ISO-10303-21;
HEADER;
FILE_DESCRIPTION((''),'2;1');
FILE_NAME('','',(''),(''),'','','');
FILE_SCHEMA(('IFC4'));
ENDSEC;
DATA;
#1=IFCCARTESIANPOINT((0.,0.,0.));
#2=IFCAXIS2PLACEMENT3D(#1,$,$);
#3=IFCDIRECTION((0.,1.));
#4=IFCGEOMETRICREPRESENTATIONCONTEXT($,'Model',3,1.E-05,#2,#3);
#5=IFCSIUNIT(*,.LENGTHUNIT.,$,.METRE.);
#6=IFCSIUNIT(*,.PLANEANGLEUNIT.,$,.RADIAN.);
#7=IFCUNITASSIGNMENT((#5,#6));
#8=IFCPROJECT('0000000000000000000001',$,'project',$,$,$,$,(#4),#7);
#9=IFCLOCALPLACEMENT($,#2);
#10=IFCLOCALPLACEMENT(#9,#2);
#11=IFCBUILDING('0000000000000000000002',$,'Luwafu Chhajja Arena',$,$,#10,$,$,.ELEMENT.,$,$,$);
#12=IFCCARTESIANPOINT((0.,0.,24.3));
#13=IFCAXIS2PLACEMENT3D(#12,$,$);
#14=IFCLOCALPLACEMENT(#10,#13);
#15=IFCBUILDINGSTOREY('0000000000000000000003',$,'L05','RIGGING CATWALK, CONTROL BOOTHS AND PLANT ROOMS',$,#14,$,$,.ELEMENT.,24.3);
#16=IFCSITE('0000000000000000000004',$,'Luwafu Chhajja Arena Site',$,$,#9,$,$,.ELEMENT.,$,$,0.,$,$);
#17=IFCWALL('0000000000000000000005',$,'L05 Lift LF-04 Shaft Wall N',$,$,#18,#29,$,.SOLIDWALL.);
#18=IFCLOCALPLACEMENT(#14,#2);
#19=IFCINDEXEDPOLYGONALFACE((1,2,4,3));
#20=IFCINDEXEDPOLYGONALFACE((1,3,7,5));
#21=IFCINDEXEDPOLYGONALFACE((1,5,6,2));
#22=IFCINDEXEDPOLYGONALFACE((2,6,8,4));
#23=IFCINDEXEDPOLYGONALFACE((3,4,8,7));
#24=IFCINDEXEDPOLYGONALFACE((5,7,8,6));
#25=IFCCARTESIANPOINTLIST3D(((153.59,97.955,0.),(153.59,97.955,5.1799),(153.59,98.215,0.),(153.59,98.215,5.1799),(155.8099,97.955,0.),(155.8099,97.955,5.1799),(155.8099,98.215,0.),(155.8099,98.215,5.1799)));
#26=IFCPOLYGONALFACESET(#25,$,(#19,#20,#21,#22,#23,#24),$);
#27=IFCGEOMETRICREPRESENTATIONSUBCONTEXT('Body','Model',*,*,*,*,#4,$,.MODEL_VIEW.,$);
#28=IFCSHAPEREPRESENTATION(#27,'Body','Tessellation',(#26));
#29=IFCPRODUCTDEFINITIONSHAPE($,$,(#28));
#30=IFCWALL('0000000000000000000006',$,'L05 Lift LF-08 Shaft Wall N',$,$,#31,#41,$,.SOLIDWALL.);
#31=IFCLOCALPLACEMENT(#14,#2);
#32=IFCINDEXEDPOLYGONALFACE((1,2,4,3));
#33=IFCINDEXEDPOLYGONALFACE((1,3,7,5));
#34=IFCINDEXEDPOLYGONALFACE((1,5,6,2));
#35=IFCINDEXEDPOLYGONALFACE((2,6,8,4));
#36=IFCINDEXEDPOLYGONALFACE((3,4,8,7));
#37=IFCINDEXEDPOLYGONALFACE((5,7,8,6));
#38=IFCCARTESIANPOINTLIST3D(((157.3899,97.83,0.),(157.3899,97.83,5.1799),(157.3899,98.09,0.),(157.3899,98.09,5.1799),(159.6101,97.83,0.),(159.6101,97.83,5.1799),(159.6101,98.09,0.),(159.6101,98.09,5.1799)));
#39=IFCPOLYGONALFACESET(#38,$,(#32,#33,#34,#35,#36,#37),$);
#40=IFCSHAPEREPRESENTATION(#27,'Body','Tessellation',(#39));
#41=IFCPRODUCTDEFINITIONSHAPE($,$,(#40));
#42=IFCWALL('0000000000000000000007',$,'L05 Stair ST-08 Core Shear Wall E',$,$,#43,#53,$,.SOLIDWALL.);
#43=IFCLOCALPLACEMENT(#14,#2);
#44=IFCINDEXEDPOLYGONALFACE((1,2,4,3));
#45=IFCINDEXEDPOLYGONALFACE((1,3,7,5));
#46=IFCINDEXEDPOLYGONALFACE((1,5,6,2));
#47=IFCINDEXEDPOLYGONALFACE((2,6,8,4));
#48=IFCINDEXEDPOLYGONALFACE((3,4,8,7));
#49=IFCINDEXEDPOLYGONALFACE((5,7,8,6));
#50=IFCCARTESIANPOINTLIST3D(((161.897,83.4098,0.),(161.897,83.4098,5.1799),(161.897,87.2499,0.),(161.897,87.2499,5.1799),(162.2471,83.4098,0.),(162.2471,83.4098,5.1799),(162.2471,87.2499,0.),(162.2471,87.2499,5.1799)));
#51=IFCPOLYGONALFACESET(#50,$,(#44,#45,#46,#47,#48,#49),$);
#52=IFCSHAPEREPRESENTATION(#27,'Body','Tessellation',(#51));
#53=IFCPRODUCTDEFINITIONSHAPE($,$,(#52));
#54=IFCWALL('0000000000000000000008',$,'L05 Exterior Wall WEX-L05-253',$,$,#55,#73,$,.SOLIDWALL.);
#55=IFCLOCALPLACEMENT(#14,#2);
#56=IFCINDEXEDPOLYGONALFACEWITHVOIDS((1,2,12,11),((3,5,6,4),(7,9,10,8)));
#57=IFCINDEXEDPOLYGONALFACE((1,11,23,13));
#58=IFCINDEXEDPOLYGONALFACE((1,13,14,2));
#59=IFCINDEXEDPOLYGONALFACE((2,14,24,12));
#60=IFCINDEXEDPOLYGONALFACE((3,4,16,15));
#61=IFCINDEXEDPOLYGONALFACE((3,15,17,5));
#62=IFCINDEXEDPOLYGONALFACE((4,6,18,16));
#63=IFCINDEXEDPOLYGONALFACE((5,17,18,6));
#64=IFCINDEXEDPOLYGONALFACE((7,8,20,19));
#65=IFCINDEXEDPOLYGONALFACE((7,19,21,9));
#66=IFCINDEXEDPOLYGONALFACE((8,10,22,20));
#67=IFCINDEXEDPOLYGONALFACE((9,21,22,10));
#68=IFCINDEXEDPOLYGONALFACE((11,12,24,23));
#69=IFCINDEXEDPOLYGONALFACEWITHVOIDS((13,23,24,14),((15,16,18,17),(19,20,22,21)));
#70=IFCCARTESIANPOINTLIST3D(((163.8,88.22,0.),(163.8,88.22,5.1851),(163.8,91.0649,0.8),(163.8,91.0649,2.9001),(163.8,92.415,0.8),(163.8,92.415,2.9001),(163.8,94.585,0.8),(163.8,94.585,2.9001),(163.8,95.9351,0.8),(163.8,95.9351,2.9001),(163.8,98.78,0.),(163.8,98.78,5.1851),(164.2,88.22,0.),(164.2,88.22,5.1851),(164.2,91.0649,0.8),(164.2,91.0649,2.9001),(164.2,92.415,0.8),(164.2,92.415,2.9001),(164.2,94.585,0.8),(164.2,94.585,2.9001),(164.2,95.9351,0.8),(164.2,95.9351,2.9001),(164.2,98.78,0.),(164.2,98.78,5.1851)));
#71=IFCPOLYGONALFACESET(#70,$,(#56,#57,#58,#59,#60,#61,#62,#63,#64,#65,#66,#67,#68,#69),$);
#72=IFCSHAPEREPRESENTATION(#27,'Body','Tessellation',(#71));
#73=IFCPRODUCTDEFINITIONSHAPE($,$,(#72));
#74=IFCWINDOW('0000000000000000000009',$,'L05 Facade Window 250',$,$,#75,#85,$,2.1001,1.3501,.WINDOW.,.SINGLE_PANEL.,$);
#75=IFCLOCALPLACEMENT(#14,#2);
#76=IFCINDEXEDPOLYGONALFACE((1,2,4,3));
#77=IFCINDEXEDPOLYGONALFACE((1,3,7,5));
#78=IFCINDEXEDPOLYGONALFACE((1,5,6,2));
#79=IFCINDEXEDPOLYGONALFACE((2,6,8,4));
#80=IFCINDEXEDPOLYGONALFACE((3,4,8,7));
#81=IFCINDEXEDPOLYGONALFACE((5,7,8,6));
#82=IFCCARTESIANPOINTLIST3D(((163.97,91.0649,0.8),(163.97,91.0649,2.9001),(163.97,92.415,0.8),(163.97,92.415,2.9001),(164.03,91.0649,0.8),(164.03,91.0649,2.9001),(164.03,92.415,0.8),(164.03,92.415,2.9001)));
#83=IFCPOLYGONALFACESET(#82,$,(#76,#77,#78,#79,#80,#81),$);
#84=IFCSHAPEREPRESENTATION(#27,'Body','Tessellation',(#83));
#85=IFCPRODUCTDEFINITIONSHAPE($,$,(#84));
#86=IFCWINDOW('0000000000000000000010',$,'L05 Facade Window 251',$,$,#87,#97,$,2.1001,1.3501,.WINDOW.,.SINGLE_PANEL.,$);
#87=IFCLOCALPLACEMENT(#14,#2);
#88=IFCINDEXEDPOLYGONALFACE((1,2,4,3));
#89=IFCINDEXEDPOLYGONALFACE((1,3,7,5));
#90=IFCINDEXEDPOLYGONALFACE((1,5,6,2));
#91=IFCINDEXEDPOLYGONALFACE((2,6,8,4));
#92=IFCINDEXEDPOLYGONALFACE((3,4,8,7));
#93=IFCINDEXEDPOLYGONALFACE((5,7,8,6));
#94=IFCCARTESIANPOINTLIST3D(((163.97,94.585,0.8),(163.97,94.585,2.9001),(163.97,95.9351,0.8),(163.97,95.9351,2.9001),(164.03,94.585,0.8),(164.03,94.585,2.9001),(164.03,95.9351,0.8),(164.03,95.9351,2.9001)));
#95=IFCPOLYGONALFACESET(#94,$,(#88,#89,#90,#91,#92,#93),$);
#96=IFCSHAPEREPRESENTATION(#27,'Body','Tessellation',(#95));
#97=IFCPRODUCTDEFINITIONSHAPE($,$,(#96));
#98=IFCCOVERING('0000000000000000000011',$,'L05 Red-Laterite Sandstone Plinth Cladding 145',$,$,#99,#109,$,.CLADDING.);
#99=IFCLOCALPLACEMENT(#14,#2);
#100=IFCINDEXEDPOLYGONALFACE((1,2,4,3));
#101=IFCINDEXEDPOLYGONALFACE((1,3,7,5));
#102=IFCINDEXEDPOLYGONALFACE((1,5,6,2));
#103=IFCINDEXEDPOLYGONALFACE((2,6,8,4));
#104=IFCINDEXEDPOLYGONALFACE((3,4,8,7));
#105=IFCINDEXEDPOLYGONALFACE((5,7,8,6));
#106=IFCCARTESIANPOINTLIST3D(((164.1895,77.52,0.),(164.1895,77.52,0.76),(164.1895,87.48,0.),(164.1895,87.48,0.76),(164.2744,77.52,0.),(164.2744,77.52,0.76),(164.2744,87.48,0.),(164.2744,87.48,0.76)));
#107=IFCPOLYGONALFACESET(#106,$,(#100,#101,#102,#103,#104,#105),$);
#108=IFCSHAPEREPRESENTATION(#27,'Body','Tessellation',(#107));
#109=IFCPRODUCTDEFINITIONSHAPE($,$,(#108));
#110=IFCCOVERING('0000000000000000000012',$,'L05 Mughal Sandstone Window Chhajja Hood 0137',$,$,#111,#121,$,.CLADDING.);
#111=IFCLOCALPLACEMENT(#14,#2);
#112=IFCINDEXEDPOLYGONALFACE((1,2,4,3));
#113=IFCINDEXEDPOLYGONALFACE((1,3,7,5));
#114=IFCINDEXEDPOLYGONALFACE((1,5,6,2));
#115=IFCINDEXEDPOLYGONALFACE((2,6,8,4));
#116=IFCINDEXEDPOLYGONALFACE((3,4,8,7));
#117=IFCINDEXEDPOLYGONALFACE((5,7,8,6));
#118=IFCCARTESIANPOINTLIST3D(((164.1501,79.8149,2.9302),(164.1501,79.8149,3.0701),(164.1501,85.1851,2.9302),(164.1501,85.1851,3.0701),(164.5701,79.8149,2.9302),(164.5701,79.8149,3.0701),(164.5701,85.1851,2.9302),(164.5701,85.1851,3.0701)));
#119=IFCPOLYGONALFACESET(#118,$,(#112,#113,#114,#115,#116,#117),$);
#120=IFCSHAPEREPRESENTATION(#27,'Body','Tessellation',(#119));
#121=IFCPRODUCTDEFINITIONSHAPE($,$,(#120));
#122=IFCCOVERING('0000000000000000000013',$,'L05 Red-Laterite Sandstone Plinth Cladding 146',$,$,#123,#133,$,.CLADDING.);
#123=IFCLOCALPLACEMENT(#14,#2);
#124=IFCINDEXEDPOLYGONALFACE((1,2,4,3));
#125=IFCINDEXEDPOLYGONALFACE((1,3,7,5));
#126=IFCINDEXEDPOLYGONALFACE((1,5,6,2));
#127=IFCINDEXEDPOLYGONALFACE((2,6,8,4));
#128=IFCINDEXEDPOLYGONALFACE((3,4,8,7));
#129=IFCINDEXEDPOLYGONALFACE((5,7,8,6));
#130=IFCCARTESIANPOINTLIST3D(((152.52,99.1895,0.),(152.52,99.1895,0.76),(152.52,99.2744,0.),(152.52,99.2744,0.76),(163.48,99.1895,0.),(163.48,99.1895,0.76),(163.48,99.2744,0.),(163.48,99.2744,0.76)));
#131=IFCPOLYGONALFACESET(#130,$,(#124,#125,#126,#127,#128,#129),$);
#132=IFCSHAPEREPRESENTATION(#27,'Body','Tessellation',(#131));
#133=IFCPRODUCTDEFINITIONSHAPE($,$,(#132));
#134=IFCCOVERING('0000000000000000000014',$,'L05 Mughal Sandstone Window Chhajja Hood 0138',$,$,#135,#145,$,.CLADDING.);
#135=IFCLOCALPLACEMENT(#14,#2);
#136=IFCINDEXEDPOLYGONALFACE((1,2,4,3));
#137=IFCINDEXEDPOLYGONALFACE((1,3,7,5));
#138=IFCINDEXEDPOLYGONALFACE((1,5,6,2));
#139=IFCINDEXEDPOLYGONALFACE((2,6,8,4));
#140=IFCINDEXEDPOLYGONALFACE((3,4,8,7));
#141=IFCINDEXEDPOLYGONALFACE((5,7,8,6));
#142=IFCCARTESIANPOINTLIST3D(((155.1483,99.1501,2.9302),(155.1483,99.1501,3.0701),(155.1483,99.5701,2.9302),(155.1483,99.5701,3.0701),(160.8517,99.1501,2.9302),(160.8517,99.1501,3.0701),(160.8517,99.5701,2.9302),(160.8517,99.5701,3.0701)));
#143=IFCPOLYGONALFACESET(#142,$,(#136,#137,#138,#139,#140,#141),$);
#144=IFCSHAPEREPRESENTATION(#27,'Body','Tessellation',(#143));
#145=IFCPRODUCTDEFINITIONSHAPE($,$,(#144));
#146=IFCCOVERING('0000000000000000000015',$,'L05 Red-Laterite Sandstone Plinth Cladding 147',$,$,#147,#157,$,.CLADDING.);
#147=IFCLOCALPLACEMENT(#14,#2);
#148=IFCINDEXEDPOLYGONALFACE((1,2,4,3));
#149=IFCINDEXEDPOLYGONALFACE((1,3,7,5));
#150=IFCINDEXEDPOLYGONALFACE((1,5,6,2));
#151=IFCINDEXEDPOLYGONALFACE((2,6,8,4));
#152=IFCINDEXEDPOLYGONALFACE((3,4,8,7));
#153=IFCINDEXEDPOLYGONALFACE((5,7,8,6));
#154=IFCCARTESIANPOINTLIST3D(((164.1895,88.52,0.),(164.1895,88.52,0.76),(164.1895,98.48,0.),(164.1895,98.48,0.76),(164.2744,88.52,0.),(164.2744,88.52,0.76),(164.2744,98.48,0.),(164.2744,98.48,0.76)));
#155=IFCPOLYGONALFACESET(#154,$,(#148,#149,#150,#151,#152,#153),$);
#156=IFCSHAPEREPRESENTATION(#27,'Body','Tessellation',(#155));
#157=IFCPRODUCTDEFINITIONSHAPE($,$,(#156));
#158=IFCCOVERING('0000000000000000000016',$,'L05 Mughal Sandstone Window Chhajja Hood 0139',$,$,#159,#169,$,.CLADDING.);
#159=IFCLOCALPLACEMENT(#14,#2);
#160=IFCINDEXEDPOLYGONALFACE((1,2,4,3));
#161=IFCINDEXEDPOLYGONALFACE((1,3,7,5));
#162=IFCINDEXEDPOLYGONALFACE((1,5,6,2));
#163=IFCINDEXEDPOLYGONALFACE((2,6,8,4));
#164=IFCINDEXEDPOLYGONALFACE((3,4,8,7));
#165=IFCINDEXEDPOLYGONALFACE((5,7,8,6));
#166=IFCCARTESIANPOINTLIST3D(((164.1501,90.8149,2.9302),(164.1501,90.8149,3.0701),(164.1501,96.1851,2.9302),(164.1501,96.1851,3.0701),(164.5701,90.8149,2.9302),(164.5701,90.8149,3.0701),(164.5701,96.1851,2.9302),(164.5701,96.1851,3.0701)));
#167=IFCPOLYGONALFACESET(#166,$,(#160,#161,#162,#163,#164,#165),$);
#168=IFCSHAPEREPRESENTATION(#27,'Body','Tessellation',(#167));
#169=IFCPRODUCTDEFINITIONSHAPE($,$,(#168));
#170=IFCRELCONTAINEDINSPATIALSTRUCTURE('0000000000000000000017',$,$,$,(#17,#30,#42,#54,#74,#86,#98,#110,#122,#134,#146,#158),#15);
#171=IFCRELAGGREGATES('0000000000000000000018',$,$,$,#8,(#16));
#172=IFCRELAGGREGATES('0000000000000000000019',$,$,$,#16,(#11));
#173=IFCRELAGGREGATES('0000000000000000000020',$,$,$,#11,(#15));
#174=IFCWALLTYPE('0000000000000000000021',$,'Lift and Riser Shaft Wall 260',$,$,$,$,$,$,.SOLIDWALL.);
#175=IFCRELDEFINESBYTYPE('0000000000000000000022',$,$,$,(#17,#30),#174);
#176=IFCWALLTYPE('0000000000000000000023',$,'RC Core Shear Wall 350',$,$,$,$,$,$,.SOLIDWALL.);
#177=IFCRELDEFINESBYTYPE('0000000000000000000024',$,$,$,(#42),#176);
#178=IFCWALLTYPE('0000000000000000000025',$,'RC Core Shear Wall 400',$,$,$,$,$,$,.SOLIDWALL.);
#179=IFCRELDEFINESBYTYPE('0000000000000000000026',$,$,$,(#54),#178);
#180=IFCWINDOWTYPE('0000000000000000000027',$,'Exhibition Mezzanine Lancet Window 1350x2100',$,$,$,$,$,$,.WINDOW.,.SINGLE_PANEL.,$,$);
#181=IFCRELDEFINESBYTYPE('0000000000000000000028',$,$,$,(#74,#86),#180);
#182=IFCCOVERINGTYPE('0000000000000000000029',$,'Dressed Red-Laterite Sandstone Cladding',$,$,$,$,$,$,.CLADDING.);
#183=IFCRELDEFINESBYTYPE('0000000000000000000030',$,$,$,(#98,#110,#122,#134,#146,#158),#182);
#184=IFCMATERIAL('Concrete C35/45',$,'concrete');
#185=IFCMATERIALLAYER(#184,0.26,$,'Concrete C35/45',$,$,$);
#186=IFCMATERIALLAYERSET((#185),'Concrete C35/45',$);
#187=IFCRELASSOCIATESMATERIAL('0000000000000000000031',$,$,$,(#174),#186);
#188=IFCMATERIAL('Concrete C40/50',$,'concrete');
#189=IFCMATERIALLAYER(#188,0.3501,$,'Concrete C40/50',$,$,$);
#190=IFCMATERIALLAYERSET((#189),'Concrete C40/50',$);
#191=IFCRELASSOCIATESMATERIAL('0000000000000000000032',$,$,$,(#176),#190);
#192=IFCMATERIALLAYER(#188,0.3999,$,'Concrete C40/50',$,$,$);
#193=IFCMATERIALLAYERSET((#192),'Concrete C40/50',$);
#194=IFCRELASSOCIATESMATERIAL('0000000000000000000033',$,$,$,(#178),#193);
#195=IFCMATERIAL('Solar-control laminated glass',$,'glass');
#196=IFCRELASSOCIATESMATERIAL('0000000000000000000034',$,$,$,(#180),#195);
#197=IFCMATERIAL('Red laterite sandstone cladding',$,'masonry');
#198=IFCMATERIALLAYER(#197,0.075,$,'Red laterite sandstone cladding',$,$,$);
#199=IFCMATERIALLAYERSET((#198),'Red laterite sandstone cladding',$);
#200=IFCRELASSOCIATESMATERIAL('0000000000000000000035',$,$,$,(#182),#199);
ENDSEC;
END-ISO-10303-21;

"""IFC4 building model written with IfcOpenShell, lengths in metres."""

from ifc_helpers import new_model, si_unit, direction, frame, frame_2d, origin, origin_2d, place, context, subcontext, project, spatial, rectangle, extrude, material, layer, layer_set, type_object, element, fill, save


model = new_model("IFC4")

# Units and contexts
model_context = context("Model", 3, precision=1e-05, world=origin(), true_north=direction((0.0, 1.0)))
body_context = subcontext(model_context, "Body", "Model", "MODEL_VIEW")
ifc_project = project(units=[si_unit("LENGTHUNIT", "METRE"), si_unit("PLANEANGLEUNIT", "RADIAN")], contexts=[model_context])

# Site, building, storey
site_placement = place(None, origin())
site = spatial("IfcSite", under=ifc_project, at=site_placement, Name="Luwafu Chhajja Arena Site", CompositionType="ELEMENT", RefElevation=0.0)
building_placement = place(site_placement, origin())
building = spatial("IfcBuilding", under=site, at=building_placement, Name="Luwafu Chhajja Arena", CompositionType="ELEMENT")
storey_placement = place(building_placement, frame((0.0, 0.0, 24.3)))
storey = spatial("IfcBuildingStorey", under=building, at=storey_placement, Name="L05", Description="RIGGING CATWALK, CONTROL BOOTHS AND PLANT ROOMS", CompositionType="ELEMENT", Elevation=24.3)

# Shared definitions
ifc_material_1 = material(Name="Concrete C35/45", Category="concrete")

# Shared definitions
ifc_material_2 = material(Name="Concrete C40/50", Category="concrete")
ifc_layer_1 = layer(ifc_material_1, 0.26, Name="Concrete C35/45")
ifc_layer_set_1 = layer_set([ifc_layer_1], Name="Concrete C35/45")
wall_type_1 = type_object("IfcWallType", Name="Lift and Riser Shaft Wall 260", PredefinedType="SOLIDWALL", material=ifc_layer_set_1)

# Wall
wall_1_placement = place(storey_placement, frame((153.5901, 98.085, 0.0), z_axis=(0.0, 0.0, 1.0), x_axis=(1.0, 0.0, 0.0)))
element("IfcWall", 1, at=wall_1_placement, inside=storey, type_object=wall_type_1, Name="L05 Lift LF-04 Shaft Wall N", PredefinedType="SOLIDWALL", context=body_context, shape_type="SweptSolid", body=[
    extrude(rectangle(XDim=2.22, YDim=0.26, at=frame_2d((1.1099, 0.0))), origin(), (0.0, 0.0, 1.0), 5.1799),
])

# Walls
wall_2_placement = place(storey_placement, frame((157.3899, 97.96, 0.0), z_axis=(0.0, 0.0, 1.0), x_axis=(1.0, 0.0, 0.0)))
element("IfcWall", 2, at=wall_2_placement, inside=storey, type_object=wall_type_1, Name="L05 Lift LF-08 Shaft Wall N", PredefinedType="SOLIDWALL", context=body_context, shape_type="SweptSolid", body=[
    extrude(rectangle(XDim=2.2202, YDim=0.26, at=frame_2d((1.1101, 0.0))), origin(), (0.0, 0.0, 1.0), 5.1799),
])
ifc_layer_2 = layer(ifc_material_2, 0.3501, Name="Concrete C40/50")
ifc_layer_set_2 = layer_set([ifc_layer_2], Name="Concrete C40/50")
wall_type_2 = type_object("IfcWallType", Name="RC Core Shear Wall 350", PredefinedType="SOLIDWALL", material=ifc_layer_set_2)
wall_3_placement = place(storey_placement, frame((162.072, 83.4099, 0.0), z_axis=(0.0, 0.0, 1.0), x_axis=(0.0, 1.0, 0.0)))
element("IfcWall", 3, at=wall_3_placement, inside=storey, type_object=wall_type_2, Name="L05 Stair ST-08 Core Shear Wall E", PredefinedType="SOLIDWALL", context=body_context, shape_type="SweptSolid", body=[
    extrude(rectangle(XDim=3.8401, YDim=0.3501, at=frame_2d((1.9199, 0.0))), origin(), (0.0, 0.0, 1.0), 5.1799),
])

# Wall, openings, windows
ifc_layer_3 = layer(ifc_material_2, 0.3999, Name="Concrete C40/50")
ifc_layer_set_3 = layer_set([ifc_layer_3], Name="Concrete C40/50")
wall_type_3 = type_object("IfcWallType", Name="RC Core Shear Wall 400", PredefinedType="SOLIDWALL", material=ifc_layer_set_3)
wall_4_placement = place(storey_placement, frame((164.0, 88.22, 0.0), z_axis=(0.0, 0.0, 1.0), x_axis=(0.0, 1.0, 0.0)))
wall_4 = element("IfcWall", 4, at=wall_4_placement, inside=storey, type_object=wall_type_3, Name="L05 Exterior Wall WEX-L05-253", PredefinedType="SOLIDWALL", context=body_context, shape_type="SweptSolid", body=[
    extrude(rectangle(XDim=10.5601, YDim=0.3999, at=frame_2d((5.28, 0.0))), origin(), (0.0, 0.0, 1.0), 5.1851),
])
opening_1_placement = place(wall_4_placement, frame((2.845, 0.0, 0.8)))
opening_1 = element("IfcOpeningElement", 5, at=opening_1_placement, cuts=wall_4, PredefinedType="OPENING", context=body_context, shape_type="SweptSolid", body=[
    extrude(rectangle(XDim=1.3501, YDim=2.1001, at=frame_2d((0.675, 1.05))), frame((0.0, 0.21, 0.0), z_axis=(0.0, -1.0, 0.0), x_axis=(1.0, 0.0, 0.0)), (0.0, 0.0, 1.0), 0.4199),
])
opening_2_placement = place(wall_4_placement, frame((6.365, 0.0, 0.8)))
opening_2 = element("IfcOpeningElement", 6, at=opening_2_placement, cuts=wall_4, PredefinedType="OPENING", context=body_context, shape_type="SweptSolid", body=[
    extrude(rectangle(XDim=1.3501, YDim=2.1001, at=frame_2d((0.675, 1.05))), frame((0.0, 0.21, 0.0), z_axis=(0.0, -1.0, 0.0), x_axis=(1.0, 0.0, 0.0)), (0.0, 0.0, 1.0), 0.4199),
])
ifc_material_3 = material(Name="Solar-control laminated glass", Category="glass")
window_type = type_object("IfcWindowType", Name="Exhibition Mezzanine Lancet Window 1350x2100", PartitioningType="SINGLE_PANEL", PredefinedType="WINDOW", material=ifc_material_3)
window_1_placement = place(opening_1_placement, origin())
window_1 = element("IfcWindow", 7, at=window_1_placement, inside=storey, type_object=window_type, Name="L05 Facade Window 250", OverallHeight=2.1001, OverallWidth=1.3501, PartitioningType="SINGLE_PANEL", PredefinedType="WINDOW", context=body_context, shape_type="SweptSolid", body=[
    extrude(rectangle(XDim=1.3501, YDim=2.1001, at=frame_2d((0.675, 1.05))), frame((0.0, 0.03, 0.0), z_axis=(0.0, -1.0, 0.0), x_axis=(1.0, 0.0, 0.0)), (0.0, 0.0, 1.0), 0.0601),
])
fill(opening_1, window_1)
window_2_placement = place(opening_2_placement, origin())
window_2 = element("IfcWindow", 8, at=window_2_placement, inside=storey, type_object=window_type, Name="L05 Facade Window 251", OverallHeight=2.1001, OverallWidth=1.3501, PartitioningType="SINGLE_PANEL", PredefinedType="WINDOW", context=body_context, shape_type="SweptSolid", body=[
    extrude(rectangle(XDim=1.3501, YDim=2.1001, at=frame_2d((0.675, 1.05))), frame((0.0, 0.03, 0.0), z_axis=(0.0, -1.0, 0.0), x_axis=(1.0, 0.0, 0.0)), (0.0, 0.0, 1.0), 0.0601),
])
fill(opening_2, window_2)

# Coverings
ifc_material_4 = material(Name="Red laterite sandstone cladding", Category="masonry")
ifc_layer_4 = layer(ifc_material_4, 0.075, Name="Red laterite sandstone cladding")
ifc_layer_set_4 = layer_set([ifc_layer_4], Name="Red laterite sandstone cladding")
covering_type = type_object("IfcCoveringType", Name="Dressed Red-Laterite Sandstone Cladding", PredefinedType="CLADDING", material=ifc_layer_set_4)
covering_1_placement = place(storey_placement, frame((164.2319, 82.5, 0.0), z_axis=(0.0, 0.0, 1.0), x_axis=(0.0, 1.0, 0.0)))
element("IfcCovering", 9, at=covering_1_placement, inside=storey, type_object=covering_type, Name="L05 Red-Laterite Sandstone Plinth Cladding 145", PredefinedType="CLADDING", context=body_context, shape_type="SweptSolid", body=[
    extrude(rectangle(XDim=9.96, YDim=0.085, at=origin_2d()), origin(), (0.0, 0.0, 1.0), 0.76),
])
covering_2_placement = place(storey_placement, frame((164.3601, 82.5, 2.9302), z_axis=(0.0, 0.0, 1.0), x_axis=(0.0, 1.0, 0.0)))
element("IfcCovering", 10, at=covering_2_placement, inside=storey, type_object=covering_type, Name="L05 Mughal Sandstone Window Chhajja Hood 0137", PredefinedType="CLADDING", context=body_context, shape_type="SweptSolid", body=[
    extrude(rectangle(XDim=5.3701, YDim=0.4199, at=origin_2d()), origin(), (0.0, 0.0, 1.0), 0.1399),
])
covering_3_placement = place(storey_placement, frame((158.0, 99.2319, 0.0), z_axis=(0.0, 0.0, 1.0), x_axis=(1.0, 0.0, 0.0)))
element("IfcCovering", 11, at=covering_3_placement, inside=storey, type_object=covering_type, Name="L05 Red-Laterite Sandstone Plinth Cladding 146", PredefinedType="CLADDING", context=body_context, shape_type="SweptSolid", body=[
    extrude(rectangle(XDim=10.96, YDim=0.085, at=origin_2d()), origin(), (0.0, 0.0, 1.0), 0.76),
])
covering_4_placement = place(storey_placement, frame((158.0, 99.3601, 2.9302), z_axis=(0.0, 0.0, 1.0), x_axis=(1.0, 0.0, 0.0)))
element("IfcCovering", 12, at=covering_4_placement, inside=storey, type_object=covering_type, Name="L05 Mughal Sandstone Window Chhajja Hood 0138", PredefinedType="CLADDING", context=body_context, shape_type="SweptSolid", body=[
    extrude(rectangle(XDim=5.7034, YDim=0.4199, at=origin_2d()), origin(), (0.0, 0.0, 1.0), 0.1399),
])
covering_5_placement = place(storey_placement, frame((164.2319, 93.5, 0.0), z_axis=(0.0, 0.0, 1.0), x_axis=(0.0, 1.0, 0.0)))
element("IfcCovering", 13, at=covering_5_placement, inside=storey, type_object=covering_type, Name="L05 Red-Laterite Sandstone Plinth Cladding 147", PredefinedType="CLADDING", context=body_context, shape_type="SweptSolid", body=[
    extrude(rectangle(XDim=9.96, YDim=0.085, at=origin_2d()), origin(), (0.0, 0.0, 1.0), 0.76),
])
covering_6_placement = place(storey_placement, frame((164.3601, 93.5, 2.9302), z_axis=(0.0, 0.0, 1.0), x_axis=(0.0, 1.0, 0.0)))
element("IfcCovering", 14, at=covering_6_placement, inside=storey, type_object=covering_type, Name="L05 Mughal Sandstone Window Chhajja Hood 0139", PredefinedType="CLADDING", context=body_context, shape_type="SweptSolid", body=[
    extrude(rectangle(XDim=5.3701, YDim=0.4199, at=origin_2d()), origin(), (0.0, 0.0, 1.0), 0.1399),
])

save(model, "model.ifc")
